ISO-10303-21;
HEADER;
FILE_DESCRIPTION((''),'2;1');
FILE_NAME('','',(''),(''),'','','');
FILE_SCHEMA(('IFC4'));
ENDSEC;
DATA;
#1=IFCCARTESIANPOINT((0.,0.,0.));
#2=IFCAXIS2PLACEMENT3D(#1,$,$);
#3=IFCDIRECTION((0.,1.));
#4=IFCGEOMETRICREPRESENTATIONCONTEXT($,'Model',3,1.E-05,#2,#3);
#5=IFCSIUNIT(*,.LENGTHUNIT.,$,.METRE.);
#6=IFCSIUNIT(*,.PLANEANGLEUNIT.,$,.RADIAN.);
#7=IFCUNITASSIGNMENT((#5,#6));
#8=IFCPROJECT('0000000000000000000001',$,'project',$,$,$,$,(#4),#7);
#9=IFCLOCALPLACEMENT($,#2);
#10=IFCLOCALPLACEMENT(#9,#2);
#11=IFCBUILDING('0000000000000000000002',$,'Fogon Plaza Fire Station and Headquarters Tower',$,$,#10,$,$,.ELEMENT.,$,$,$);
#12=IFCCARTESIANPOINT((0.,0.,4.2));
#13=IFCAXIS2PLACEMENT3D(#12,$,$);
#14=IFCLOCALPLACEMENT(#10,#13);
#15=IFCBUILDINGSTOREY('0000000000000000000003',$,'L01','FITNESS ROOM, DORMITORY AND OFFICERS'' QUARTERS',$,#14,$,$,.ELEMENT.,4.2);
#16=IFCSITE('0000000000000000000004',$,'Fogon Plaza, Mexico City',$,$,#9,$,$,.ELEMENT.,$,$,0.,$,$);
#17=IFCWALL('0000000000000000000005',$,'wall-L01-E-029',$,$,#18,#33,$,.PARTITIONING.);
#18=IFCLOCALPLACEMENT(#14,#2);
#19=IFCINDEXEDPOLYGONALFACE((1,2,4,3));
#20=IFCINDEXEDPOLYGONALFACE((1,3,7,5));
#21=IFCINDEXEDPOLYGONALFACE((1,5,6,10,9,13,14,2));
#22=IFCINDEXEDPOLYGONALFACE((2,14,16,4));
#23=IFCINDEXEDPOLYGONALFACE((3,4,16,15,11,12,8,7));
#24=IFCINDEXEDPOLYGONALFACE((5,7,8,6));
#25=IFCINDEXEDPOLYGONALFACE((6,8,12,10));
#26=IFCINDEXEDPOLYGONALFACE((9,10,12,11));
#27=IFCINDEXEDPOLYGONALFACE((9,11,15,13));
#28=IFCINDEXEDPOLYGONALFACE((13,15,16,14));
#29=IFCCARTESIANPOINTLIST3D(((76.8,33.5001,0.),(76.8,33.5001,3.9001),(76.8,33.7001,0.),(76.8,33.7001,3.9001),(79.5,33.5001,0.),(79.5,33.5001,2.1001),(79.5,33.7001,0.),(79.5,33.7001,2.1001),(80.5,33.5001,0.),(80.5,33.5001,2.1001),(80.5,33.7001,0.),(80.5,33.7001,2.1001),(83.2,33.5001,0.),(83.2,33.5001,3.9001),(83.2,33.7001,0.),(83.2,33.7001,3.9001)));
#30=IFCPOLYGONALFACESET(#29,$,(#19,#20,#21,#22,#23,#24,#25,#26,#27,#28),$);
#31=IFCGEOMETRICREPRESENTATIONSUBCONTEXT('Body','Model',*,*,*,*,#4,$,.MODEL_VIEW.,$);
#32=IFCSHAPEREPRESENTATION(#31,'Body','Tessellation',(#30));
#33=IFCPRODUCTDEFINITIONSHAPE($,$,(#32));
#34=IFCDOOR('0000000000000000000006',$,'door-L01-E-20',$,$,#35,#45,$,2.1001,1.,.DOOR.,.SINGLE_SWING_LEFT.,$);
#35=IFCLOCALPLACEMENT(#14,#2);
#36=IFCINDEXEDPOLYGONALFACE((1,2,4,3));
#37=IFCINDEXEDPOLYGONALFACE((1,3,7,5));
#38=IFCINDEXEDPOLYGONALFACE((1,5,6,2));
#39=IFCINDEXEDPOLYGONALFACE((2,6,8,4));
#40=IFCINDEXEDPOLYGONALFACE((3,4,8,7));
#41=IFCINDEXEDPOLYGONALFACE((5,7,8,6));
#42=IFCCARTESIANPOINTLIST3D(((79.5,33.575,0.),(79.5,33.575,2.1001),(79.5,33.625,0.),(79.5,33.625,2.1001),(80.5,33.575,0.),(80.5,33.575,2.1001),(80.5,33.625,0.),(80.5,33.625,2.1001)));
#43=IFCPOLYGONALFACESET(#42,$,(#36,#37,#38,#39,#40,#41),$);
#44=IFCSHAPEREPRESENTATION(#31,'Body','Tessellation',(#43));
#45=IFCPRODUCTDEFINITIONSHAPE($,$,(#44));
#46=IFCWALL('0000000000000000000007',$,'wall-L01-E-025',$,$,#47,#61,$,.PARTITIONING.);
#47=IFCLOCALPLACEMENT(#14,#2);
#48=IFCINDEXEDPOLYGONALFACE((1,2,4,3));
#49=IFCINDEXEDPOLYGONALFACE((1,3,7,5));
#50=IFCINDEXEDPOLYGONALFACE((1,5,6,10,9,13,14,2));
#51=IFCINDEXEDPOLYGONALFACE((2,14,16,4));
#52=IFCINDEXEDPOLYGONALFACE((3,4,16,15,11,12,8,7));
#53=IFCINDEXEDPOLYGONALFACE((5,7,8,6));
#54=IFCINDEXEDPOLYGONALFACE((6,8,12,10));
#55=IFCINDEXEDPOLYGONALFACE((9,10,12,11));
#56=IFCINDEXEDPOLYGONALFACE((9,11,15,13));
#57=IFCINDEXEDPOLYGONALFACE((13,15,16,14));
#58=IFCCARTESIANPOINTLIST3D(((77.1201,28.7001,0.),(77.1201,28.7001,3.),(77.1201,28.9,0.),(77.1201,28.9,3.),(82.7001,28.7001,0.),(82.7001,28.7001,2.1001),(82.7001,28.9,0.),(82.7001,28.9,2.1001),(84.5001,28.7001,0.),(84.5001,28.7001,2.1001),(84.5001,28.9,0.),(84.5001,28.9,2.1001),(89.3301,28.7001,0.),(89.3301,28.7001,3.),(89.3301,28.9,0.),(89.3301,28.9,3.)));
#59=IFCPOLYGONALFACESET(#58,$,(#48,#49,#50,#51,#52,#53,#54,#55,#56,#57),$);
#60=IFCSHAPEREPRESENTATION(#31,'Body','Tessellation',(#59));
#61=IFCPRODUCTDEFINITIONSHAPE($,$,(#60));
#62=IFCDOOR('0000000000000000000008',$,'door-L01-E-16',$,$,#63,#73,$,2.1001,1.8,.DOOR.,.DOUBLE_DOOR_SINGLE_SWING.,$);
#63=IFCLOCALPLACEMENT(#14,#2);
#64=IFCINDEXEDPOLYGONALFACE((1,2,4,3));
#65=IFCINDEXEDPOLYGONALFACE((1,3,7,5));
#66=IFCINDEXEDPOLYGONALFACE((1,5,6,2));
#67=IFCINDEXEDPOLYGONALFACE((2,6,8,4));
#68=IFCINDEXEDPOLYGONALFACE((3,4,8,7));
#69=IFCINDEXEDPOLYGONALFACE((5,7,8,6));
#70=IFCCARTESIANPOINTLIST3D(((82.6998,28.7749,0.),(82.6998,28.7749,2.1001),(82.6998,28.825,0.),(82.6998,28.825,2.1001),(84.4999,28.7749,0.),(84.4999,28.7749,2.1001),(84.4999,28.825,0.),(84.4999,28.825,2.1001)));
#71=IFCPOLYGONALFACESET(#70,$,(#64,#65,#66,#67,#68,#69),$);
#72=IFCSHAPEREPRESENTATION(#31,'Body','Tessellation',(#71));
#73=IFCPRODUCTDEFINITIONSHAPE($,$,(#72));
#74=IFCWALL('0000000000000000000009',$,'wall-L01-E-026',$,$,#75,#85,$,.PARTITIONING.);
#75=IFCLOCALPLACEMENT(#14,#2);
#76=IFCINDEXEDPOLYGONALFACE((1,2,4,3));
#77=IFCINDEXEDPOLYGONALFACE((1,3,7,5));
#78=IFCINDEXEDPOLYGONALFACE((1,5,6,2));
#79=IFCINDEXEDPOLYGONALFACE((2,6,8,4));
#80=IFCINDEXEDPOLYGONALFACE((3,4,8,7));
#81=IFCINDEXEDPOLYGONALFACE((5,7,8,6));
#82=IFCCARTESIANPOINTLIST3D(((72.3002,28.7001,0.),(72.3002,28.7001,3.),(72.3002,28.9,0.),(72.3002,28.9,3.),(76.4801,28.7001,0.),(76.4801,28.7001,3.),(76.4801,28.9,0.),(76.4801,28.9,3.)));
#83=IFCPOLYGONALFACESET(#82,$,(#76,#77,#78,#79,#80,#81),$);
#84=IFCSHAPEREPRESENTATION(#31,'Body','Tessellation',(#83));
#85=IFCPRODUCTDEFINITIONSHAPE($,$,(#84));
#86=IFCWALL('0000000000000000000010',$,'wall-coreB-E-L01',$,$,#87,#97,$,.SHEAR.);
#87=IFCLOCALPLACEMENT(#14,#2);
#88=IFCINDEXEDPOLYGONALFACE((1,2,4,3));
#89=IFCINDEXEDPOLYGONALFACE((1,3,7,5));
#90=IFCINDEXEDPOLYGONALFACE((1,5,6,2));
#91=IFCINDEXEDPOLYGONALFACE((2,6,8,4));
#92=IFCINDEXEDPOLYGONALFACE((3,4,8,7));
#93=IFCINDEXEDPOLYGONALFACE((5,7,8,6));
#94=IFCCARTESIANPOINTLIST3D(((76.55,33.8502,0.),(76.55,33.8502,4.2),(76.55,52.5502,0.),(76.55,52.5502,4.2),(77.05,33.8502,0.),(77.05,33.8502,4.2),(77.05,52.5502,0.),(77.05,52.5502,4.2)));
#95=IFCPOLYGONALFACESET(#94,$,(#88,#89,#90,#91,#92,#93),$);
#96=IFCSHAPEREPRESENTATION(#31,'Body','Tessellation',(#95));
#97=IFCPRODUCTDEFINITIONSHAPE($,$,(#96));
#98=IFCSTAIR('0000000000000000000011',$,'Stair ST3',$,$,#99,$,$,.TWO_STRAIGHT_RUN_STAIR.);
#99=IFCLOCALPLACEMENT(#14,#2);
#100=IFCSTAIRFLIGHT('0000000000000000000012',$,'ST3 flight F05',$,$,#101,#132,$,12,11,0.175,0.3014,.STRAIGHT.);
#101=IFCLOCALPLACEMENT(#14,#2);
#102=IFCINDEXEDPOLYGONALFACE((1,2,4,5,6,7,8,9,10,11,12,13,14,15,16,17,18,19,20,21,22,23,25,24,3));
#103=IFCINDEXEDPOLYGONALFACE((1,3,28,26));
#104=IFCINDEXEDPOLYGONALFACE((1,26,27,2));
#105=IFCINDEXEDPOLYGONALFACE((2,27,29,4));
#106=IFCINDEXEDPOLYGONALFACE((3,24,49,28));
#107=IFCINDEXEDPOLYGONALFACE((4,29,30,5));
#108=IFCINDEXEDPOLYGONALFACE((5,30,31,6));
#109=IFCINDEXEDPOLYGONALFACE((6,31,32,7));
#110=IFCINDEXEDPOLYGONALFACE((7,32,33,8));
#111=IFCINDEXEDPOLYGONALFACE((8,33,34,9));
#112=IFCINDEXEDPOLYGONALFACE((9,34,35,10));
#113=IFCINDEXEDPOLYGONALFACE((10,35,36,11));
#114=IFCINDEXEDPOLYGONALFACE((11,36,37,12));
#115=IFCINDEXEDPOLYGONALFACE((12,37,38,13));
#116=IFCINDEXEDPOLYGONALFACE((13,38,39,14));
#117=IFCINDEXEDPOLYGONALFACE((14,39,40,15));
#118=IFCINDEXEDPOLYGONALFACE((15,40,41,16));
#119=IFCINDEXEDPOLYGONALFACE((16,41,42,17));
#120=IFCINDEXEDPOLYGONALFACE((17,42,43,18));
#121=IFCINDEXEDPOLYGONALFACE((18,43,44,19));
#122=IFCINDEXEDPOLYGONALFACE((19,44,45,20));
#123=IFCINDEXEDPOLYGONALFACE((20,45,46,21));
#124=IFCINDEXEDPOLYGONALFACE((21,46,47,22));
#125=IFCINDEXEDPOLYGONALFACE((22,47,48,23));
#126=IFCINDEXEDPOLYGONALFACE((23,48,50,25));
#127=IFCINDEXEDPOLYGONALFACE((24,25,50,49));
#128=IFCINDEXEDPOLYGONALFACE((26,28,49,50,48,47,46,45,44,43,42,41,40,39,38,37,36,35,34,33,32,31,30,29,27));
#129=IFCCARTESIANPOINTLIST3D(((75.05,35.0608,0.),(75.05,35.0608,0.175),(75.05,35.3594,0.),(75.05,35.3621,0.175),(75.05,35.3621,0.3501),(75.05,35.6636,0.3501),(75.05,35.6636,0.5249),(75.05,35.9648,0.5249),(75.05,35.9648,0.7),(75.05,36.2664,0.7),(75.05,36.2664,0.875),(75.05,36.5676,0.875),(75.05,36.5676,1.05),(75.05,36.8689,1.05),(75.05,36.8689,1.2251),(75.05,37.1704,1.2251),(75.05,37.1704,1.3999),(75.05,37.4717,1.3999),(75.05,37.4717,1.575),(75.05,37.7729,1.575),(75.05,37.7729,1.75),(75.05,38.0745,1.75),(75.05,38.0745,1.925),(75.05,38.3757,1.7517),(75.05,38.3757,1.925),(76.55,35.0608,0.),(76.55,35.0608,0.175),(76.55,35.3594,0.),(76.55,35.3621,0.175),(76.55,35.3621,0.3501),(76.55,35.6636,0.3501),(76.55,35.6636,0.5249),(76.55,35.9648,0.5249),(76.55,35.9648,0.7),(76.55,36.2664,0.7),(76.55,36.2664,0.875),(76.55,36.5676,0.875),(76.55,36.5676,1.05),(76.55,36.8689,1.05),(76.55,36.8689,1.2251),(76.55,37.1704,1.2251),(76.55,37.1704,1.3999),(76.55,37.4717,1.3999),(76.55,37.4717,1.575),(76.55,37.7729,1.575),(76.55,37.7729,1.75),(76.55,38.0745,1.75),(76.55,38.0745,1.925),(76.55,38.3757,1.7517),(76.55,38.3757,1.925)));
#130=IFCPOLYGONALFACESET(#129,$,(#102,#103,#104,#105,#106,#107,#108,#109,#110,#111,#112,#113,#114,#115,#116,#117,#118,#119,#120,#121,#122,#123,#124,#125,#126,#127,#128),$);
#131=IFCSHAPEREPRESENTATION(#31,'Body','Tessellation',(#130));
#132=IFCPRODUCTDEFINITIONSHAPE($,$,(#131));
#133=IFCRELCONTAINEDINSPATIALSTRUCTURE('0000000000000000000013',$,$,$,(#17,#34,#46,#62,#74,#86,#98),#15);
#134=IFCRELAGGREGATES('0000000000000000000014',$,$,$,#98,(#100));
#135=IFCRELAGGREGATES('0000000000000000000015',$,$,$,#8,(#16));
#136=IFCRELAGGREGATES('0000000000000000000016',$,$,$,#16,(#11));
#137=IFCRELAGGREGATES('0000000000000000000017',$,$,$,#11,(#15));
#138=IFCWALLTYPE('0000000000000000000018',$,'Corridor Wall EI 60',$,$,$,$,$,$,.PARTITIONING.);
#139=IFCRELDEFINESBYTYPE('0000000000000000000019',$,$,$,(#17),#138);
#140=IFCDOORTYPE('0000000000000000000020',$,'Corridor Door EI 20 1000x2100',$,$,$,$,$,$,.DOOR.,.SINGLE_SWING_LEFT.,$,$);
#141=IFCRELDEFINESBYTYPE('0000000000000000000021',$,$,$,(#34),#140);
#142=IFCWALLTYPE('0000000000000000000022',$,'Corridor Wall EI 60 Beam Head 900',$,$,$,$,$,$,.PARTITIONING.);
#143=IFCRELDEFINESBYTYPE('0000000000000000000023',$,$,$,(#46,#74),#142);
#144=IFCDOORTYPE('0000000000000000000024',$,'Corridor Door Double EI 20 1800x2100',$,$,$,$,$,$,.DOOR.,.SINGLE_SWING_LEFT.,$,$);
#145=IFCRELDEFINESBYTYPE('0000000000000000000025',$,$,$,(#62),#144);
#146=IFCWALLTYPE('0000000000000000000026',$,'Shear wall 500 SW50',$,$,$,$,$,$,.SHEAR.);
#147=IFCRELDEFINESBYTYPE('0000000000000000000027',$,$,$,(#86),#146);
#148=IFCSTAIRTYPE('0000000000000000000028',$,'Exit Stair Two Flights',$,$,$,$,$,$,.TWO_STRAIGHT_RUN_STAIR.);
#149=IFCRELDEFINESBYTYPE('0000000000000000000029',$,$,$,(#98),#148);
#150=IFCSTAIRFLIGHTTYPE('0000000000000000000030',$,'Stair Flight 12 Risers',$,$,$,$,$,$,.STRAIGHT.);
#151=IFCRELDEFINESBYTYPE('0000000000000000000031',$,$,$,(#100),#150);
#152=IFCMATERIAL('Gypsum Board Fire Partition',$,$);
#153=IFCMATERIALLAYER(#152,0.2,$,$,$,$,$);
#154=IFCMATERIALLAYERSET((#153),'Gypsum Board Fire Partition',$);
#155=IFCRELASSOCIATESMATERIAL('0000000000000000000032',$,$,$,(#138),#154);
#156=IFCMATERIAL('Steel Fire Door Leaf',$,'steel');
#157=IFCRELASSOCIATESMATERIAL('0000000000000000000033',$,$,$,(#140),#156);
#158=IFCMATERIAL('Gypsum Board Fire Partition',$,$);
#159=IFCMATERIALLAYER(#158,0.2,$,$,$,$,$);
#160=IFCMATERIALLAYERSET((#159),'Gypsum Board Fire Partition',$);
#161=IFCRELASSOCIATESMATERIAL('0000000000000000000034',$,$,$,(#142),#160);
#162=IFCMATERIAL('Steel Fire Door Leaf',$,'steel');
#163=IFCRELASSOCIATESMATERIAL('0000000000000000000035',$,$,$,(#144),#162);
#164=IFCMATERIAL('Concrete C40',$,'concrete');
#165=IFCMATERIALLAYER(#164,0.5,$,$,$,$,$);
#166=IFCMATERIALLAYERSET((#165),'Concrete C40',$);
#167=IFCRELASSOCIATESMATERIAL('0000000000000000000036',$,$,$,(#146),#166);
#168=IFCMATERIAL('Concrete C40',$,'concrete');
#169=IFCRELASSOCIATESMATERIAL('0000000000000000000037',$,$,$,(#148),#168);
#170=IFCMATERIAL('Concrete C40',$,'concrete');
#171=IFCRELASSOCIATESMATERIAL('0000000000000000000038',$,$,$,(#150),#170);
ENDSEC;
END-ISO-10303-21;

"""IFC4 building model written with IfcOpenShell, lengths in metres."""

from ifc_helpers import new_model, si_unit, direction, frame, frame_2d, origin, place, context, subcontext, project, spatial, polyline, rectangle, outline, extrude, material, layer, layer_set, type_object, element, fill, aggregate, save


model = new_model("IFC4")

# Units and contexts
model_context = context("Model", 3, precision=1e-05, world=origin(), true_north=direction((0.0, 1.0)))
body_context = subcontext(model_context, "Body", "Model", "MODEL_VIEW")
ifc_project = project(units=[si_unit("LENGTHUNIT", "METRE"), si_unit("PLANEANGLEUNIT", "RADIAN")], contexts=[model_context])

# Site, building, storey
site_placement = place(None, origin())
site = spatial("IfcSite", under=ifc_project, at=site_placement, Name="Fogon Plaza, Mexico City", CompositionType="ELEMENT", RefElevation=0.0)
building_placement = place(site_placement, origin())
building = spatial("IfcBuilding", under=site, at=building_placement, Name="Fogon Plaza Fire Station and Headquarters Tower", CompositionType="ELEMENT")
storey_placement = place(building_placement, frame((0.0, 0.0, 4.2)))
storey = spatial("IfcBuildingStorey", under=building, at=storey_placement, Name="L01", Description="FITNESS ROOM, DORMITORY AND OFFICERS' QUARTERS", CompositionType="ELEMENT", Elevation=4.2)

# Walls, openings, doors
ifc_material_1 = material(Name="Gypsum Board Fire Partition")
ifc_layer_1 = layer(ifc_material_1, 0.2)
ifc_layer_set_1 = layer_set([ifc_layer_1], Name="Gypsum Board Fire Partition")
wall_type_1 = type_object("IfcWallType", Name="Corridor Wall EI 60", PredefinedType="PARTITIONING", material=ifc_layer_set_1)
ifc_material_2 = material(Name="Steel Fire Door Leaf", Category="steel")
door_type_1 = type_object("IfcDoorType", Name="Corridor Door EI 20 1000x2100", OperationType="SINGLE_SWING_LEFT", PredefinedType="DOOR", material=ifc_material_2)
wall_1_placement = place(storey_placement, frame((83.2, 33.6001, 0.0), z_axis=(0.0, 0.0, 1.0), x_axis=(-1.0, 0.0, 0.0)))
wall_1 = element("IfcWall", 1, at=wall_1_placement, inside=storey, type_object=wall_type_1, Name="wall-L01-E-029", PredefinedType="PARTITIONING", context=body_context, shape_type="SweptSolid", body=[
    extrude(rectangle(XDim=6.3999, YDim=0.2, at=frame_2d((3.2, 0.0))), origin(), (0.0, 0.0, 1.0), 3.9001),
])
opening_1_placement = place(wall_1_placement, frame((2.7, 0.0, 0.0)))
opening_1 = element("IfcOpeningElement", 2, at=opening_1_placement, cuts=wall_1, PredefinedType="OPENING", context=body_context, shape_type="SweptSolid", body=[
    extrude(rectangle(XDim=1.0, YDim=2.1001, at=frame_2d((0.5, 1.05))), frame((0.0, 0.1099, 0.0), z_axis=(0.0, -1.0, 0.0), x_axis=(1.0, 0.0, 0.0)), (0.0, 0.0, 1.0), 0.22),
])
door_1_placement = place(opening_1_placement, frame((1.0, 0.0, 0.0), z_axis=(0.0, 0.0, 1.0), x_axis=(-1.0, 0.0, 0.0)))
door_1 = element("IfcDoor", 3, at=door_1_placement, inside=storey, type_object=door_type_1, Name="door-L01-E-20", OperationType="SINGLE_SWING_LEFT", OverallHeight=2.1001, OverallWidth=1.0, PredefinedType="DOOR", context=body_context, shape_type="SweptSolid", body=[
    extrude(rectangle(XDim=1.0, YDim=2.1001, at=frame_2d((0.5, 1.05))), frame((0.0, 0.0249, 0.0), z_axis=(0.0, -1.0, 0.0), x_axis=(1.0, 0.0, 0.0)), (0.0, 0.0, 1.0), 0.05),
])
fill(opening_1, door_1)
ifc_material_3 = material(Name="Gypsum Board Fire Partition")
ifc_layer_2 = layer(ifc_material_3, 0.2)
ifc_layer_set_2 = layer_set([ifc_layer_2], Name="Gypsum Board Fire Partition")
wall_type_2 = type_object("IfcWallType", Name="Corridor Wall EI 60 Beam Head 900", PredefinedType="PARTITIONING", material=ifc_layer_set_2)
wall_2_placement = place(storey_placement, frame((89.3301, 28.8, 0.0), z_axis=(0.0, 0.0, 1.0), x_axis=(-1.0, 0.0, 0.0)))
wall_2 = element("IfcWall", 4, at=wall_2_placement, inside=storey, type_object=wall_type_2, Name="wall-L01-E-025", PredefinedType="PARTITIONING", context=body_context, shape_type="SweptSolid", body=[
    extrude(rectangle(XDim=12.21, YDim=0.2, at=frame_2d((6.105, 0.0))), origin(), (0.0, 0.0, 1.0), 3.0),
])
opening_2_placement = place(wall_2_placement, frame((4.8301, 0.0, 0.0)))
opening_2 = element("IfcOpeningElement", 5, at=opening_2_placement, cuts=wall_2, PredefinedType="OPENING", context=body_context, shape_type="SweptSolid", body=[
    extrude(rectangle(XDim=1.8, YDim=2.1001, at=frame_2d((0.8999, 1.05))), frame((0.0, 0.1099, 0.0), z_axis=(0.0, -1.0, 0.0), x_axis=(1.0, 0.0, 0.0)), (0.0, 0.0, 1.0), 0.22),
])
ifc_material_4 = material(Name="Steel Fire Door Leaf", Category="steel")
door_type_2 = type_object("IfcDoorType", Name="Corridor Door Double EI 20 1800x2100", OperationType="SINGLE_SWING_LEFT", PredefinedType="DOOR", material=ifc_material_4)
door_2_placement = place(opening_2_placement, frame((1.8, 0.0, 0.0), z_axis=(0.0, 0.0, 1.0), x_axis=(-1.0, 0.0, 0.0)))
door_2 = element("IfcDoor", 6, at=door_2_placement, inside=storey, type_object=door_type_2, Name="door-L01-E-16", OperationType="DOUBLE_DOOR_SINGLE_SWING", OverallHeight=2.1001, OverallWidth=1.8, PredefinedType="DOOR", context=body_context, shape_type="SweptSolid", body=[
    extrude(rectangle(XDim=1.8, YDim=2.1001, at=frame_2d((0.8999, 1.05))), frame((0.0, 0.0249, 0.0), z_axis=(0.0, -1.0, 0.0), x_axis=(1.0, 0.0, 0.0)), (0.0, 0.0, 1.0), 0.05),
])
fill(opening_2, door_2)

# Walls
wall_3_placement = place(storey_placement, frame((76.48, 28.8, 0.0), z_axis=(0.0, 0.0, 1.0), x_axis=(-1.0, 0.0, 0.0)))
element("IfcWall", 7, at=wall_3_placement, inside=storey, type_object=wall_type_2, Name="wall-L01-E-026", PredefinedType="PARTITIONING", context=body_context, shape_type="SweptSolid", body=[
    extrude(rectangle(XDim=4.1799, YDim=0.2, at=frame_2d((2.0898, 0.0))), origin(), (0.0, 0.0, 1.0), 3.0),
])
ifc_material_5 = material(Name="Concrete C40", Category="concrete")
ifc_layer_3 = layer(ifc_material_5, 0.5)
ifc_layer_set_3 = layer_set([ifc_layer_3], Name="Concrete C40")
wall_type_3 = type_object("IfcWallType", Name="Shear wall 500 SW50", PredefinedType="SHEAR", material=ifc_layer_set_3)
wall_4_placement = place(storey_placement, frame((76.8, 33.8501, 0.0), z_axis=(0.0, 0.0, 1.0), x_axis=(0.0, 1.0, 0.0)))
element("IfcWall", 8, at=wall_4_placement, inside=storey, type_object=wall_type_3, Name="wall-coreB-E-L01", PredefinedType="SHEAR", context=body_context, shape_type="SweptSolid", body=[
    extrude(rectangle(XDim=18.7, YDim=0.5, at=frame_2d((9.3501, 0.0))), origin(), (0.0, 0.0, 1.0), 4.2),
])

# Stair, stair flight
ifc_material_6 = material(Name="Concrete C40", Category="concrete")
stair_type = type_object("IfcStairType", Name="Exit Stair Two Flights", PredefinedType="TWO_STRAIGHT_RUN_STAIR", material=ifc_material_6)
stair_placement = place(storey_placement, origin())
stair = element("IfcStair", 9, at=stair_placement, inside=storey, type_object=stair_type, Name="Stair ST3", PredefinedType="TWO_STRAIGHT_RUN_STAIR")
ifc_material_7 = material(Name="Concrete C40", Category="concrete")
stair_flight_type = type_object("IfcStairFlightType", Name="Stair Flight 12 Risers", PredefinedType="STRAIGHT", material=ifc_material_7)
stair_flight_placement = place(storey_placement, frame((75.8, 35.0608, 0.0), z_axis=(0.0, 0.0, 1.0), x_axis=(0.0, 1.0, 0.0)))
stair_flight = element("IfcStairFlight", 10, at=stair_flight_placement, type_object=stair_flight_type, Name="ST3 flight F05", NumberOfRisers=12, NumberOfTreads=11, PredefinedType="STRAIGHT", RiserHeight=0.175, TreadLength=0.3014, context=body_context, shape_type="SweptSolid", body=[
    extrude(outline(polyline([(0.0, 0.0), (0.0, 0.175), (0.3013, 0.175), (0.3013, 0.3501), (0.6028, 0.3501), (0.6028, 0.5249), (0.9041, 0.5249), (0.9041, 0.7), (1.2056, 0.7), (1.2056, 0.875), (1.5068, 0.875), (1.5068, 1.05), (1.8081, 1.05), (1.8081, 1.2251), (2.1096, 1.2251), (2.1096, 1.3999), (2.4109, 1.3999), (2.4109, 1.575), (2.7122, 1.575), (2.7122, 1.75), (3.0137, 1.75), (3.0137, 1.925), (3.3149, 1.925), (3.3149, 2.1001), (3.3149, 1.7517), (0.2986, 0.0), (0.0, 0.0)])), frame((0.0, 0.75, 0.0), z_axis=(0.0, -1.0, 0.0), x_axis=(1.0, 0.0, 0.0)), (0.0, 0.0, 1.0), 1.5),
])
aggregate(stair, [stair_flight])

save(model, "model.ifc")
